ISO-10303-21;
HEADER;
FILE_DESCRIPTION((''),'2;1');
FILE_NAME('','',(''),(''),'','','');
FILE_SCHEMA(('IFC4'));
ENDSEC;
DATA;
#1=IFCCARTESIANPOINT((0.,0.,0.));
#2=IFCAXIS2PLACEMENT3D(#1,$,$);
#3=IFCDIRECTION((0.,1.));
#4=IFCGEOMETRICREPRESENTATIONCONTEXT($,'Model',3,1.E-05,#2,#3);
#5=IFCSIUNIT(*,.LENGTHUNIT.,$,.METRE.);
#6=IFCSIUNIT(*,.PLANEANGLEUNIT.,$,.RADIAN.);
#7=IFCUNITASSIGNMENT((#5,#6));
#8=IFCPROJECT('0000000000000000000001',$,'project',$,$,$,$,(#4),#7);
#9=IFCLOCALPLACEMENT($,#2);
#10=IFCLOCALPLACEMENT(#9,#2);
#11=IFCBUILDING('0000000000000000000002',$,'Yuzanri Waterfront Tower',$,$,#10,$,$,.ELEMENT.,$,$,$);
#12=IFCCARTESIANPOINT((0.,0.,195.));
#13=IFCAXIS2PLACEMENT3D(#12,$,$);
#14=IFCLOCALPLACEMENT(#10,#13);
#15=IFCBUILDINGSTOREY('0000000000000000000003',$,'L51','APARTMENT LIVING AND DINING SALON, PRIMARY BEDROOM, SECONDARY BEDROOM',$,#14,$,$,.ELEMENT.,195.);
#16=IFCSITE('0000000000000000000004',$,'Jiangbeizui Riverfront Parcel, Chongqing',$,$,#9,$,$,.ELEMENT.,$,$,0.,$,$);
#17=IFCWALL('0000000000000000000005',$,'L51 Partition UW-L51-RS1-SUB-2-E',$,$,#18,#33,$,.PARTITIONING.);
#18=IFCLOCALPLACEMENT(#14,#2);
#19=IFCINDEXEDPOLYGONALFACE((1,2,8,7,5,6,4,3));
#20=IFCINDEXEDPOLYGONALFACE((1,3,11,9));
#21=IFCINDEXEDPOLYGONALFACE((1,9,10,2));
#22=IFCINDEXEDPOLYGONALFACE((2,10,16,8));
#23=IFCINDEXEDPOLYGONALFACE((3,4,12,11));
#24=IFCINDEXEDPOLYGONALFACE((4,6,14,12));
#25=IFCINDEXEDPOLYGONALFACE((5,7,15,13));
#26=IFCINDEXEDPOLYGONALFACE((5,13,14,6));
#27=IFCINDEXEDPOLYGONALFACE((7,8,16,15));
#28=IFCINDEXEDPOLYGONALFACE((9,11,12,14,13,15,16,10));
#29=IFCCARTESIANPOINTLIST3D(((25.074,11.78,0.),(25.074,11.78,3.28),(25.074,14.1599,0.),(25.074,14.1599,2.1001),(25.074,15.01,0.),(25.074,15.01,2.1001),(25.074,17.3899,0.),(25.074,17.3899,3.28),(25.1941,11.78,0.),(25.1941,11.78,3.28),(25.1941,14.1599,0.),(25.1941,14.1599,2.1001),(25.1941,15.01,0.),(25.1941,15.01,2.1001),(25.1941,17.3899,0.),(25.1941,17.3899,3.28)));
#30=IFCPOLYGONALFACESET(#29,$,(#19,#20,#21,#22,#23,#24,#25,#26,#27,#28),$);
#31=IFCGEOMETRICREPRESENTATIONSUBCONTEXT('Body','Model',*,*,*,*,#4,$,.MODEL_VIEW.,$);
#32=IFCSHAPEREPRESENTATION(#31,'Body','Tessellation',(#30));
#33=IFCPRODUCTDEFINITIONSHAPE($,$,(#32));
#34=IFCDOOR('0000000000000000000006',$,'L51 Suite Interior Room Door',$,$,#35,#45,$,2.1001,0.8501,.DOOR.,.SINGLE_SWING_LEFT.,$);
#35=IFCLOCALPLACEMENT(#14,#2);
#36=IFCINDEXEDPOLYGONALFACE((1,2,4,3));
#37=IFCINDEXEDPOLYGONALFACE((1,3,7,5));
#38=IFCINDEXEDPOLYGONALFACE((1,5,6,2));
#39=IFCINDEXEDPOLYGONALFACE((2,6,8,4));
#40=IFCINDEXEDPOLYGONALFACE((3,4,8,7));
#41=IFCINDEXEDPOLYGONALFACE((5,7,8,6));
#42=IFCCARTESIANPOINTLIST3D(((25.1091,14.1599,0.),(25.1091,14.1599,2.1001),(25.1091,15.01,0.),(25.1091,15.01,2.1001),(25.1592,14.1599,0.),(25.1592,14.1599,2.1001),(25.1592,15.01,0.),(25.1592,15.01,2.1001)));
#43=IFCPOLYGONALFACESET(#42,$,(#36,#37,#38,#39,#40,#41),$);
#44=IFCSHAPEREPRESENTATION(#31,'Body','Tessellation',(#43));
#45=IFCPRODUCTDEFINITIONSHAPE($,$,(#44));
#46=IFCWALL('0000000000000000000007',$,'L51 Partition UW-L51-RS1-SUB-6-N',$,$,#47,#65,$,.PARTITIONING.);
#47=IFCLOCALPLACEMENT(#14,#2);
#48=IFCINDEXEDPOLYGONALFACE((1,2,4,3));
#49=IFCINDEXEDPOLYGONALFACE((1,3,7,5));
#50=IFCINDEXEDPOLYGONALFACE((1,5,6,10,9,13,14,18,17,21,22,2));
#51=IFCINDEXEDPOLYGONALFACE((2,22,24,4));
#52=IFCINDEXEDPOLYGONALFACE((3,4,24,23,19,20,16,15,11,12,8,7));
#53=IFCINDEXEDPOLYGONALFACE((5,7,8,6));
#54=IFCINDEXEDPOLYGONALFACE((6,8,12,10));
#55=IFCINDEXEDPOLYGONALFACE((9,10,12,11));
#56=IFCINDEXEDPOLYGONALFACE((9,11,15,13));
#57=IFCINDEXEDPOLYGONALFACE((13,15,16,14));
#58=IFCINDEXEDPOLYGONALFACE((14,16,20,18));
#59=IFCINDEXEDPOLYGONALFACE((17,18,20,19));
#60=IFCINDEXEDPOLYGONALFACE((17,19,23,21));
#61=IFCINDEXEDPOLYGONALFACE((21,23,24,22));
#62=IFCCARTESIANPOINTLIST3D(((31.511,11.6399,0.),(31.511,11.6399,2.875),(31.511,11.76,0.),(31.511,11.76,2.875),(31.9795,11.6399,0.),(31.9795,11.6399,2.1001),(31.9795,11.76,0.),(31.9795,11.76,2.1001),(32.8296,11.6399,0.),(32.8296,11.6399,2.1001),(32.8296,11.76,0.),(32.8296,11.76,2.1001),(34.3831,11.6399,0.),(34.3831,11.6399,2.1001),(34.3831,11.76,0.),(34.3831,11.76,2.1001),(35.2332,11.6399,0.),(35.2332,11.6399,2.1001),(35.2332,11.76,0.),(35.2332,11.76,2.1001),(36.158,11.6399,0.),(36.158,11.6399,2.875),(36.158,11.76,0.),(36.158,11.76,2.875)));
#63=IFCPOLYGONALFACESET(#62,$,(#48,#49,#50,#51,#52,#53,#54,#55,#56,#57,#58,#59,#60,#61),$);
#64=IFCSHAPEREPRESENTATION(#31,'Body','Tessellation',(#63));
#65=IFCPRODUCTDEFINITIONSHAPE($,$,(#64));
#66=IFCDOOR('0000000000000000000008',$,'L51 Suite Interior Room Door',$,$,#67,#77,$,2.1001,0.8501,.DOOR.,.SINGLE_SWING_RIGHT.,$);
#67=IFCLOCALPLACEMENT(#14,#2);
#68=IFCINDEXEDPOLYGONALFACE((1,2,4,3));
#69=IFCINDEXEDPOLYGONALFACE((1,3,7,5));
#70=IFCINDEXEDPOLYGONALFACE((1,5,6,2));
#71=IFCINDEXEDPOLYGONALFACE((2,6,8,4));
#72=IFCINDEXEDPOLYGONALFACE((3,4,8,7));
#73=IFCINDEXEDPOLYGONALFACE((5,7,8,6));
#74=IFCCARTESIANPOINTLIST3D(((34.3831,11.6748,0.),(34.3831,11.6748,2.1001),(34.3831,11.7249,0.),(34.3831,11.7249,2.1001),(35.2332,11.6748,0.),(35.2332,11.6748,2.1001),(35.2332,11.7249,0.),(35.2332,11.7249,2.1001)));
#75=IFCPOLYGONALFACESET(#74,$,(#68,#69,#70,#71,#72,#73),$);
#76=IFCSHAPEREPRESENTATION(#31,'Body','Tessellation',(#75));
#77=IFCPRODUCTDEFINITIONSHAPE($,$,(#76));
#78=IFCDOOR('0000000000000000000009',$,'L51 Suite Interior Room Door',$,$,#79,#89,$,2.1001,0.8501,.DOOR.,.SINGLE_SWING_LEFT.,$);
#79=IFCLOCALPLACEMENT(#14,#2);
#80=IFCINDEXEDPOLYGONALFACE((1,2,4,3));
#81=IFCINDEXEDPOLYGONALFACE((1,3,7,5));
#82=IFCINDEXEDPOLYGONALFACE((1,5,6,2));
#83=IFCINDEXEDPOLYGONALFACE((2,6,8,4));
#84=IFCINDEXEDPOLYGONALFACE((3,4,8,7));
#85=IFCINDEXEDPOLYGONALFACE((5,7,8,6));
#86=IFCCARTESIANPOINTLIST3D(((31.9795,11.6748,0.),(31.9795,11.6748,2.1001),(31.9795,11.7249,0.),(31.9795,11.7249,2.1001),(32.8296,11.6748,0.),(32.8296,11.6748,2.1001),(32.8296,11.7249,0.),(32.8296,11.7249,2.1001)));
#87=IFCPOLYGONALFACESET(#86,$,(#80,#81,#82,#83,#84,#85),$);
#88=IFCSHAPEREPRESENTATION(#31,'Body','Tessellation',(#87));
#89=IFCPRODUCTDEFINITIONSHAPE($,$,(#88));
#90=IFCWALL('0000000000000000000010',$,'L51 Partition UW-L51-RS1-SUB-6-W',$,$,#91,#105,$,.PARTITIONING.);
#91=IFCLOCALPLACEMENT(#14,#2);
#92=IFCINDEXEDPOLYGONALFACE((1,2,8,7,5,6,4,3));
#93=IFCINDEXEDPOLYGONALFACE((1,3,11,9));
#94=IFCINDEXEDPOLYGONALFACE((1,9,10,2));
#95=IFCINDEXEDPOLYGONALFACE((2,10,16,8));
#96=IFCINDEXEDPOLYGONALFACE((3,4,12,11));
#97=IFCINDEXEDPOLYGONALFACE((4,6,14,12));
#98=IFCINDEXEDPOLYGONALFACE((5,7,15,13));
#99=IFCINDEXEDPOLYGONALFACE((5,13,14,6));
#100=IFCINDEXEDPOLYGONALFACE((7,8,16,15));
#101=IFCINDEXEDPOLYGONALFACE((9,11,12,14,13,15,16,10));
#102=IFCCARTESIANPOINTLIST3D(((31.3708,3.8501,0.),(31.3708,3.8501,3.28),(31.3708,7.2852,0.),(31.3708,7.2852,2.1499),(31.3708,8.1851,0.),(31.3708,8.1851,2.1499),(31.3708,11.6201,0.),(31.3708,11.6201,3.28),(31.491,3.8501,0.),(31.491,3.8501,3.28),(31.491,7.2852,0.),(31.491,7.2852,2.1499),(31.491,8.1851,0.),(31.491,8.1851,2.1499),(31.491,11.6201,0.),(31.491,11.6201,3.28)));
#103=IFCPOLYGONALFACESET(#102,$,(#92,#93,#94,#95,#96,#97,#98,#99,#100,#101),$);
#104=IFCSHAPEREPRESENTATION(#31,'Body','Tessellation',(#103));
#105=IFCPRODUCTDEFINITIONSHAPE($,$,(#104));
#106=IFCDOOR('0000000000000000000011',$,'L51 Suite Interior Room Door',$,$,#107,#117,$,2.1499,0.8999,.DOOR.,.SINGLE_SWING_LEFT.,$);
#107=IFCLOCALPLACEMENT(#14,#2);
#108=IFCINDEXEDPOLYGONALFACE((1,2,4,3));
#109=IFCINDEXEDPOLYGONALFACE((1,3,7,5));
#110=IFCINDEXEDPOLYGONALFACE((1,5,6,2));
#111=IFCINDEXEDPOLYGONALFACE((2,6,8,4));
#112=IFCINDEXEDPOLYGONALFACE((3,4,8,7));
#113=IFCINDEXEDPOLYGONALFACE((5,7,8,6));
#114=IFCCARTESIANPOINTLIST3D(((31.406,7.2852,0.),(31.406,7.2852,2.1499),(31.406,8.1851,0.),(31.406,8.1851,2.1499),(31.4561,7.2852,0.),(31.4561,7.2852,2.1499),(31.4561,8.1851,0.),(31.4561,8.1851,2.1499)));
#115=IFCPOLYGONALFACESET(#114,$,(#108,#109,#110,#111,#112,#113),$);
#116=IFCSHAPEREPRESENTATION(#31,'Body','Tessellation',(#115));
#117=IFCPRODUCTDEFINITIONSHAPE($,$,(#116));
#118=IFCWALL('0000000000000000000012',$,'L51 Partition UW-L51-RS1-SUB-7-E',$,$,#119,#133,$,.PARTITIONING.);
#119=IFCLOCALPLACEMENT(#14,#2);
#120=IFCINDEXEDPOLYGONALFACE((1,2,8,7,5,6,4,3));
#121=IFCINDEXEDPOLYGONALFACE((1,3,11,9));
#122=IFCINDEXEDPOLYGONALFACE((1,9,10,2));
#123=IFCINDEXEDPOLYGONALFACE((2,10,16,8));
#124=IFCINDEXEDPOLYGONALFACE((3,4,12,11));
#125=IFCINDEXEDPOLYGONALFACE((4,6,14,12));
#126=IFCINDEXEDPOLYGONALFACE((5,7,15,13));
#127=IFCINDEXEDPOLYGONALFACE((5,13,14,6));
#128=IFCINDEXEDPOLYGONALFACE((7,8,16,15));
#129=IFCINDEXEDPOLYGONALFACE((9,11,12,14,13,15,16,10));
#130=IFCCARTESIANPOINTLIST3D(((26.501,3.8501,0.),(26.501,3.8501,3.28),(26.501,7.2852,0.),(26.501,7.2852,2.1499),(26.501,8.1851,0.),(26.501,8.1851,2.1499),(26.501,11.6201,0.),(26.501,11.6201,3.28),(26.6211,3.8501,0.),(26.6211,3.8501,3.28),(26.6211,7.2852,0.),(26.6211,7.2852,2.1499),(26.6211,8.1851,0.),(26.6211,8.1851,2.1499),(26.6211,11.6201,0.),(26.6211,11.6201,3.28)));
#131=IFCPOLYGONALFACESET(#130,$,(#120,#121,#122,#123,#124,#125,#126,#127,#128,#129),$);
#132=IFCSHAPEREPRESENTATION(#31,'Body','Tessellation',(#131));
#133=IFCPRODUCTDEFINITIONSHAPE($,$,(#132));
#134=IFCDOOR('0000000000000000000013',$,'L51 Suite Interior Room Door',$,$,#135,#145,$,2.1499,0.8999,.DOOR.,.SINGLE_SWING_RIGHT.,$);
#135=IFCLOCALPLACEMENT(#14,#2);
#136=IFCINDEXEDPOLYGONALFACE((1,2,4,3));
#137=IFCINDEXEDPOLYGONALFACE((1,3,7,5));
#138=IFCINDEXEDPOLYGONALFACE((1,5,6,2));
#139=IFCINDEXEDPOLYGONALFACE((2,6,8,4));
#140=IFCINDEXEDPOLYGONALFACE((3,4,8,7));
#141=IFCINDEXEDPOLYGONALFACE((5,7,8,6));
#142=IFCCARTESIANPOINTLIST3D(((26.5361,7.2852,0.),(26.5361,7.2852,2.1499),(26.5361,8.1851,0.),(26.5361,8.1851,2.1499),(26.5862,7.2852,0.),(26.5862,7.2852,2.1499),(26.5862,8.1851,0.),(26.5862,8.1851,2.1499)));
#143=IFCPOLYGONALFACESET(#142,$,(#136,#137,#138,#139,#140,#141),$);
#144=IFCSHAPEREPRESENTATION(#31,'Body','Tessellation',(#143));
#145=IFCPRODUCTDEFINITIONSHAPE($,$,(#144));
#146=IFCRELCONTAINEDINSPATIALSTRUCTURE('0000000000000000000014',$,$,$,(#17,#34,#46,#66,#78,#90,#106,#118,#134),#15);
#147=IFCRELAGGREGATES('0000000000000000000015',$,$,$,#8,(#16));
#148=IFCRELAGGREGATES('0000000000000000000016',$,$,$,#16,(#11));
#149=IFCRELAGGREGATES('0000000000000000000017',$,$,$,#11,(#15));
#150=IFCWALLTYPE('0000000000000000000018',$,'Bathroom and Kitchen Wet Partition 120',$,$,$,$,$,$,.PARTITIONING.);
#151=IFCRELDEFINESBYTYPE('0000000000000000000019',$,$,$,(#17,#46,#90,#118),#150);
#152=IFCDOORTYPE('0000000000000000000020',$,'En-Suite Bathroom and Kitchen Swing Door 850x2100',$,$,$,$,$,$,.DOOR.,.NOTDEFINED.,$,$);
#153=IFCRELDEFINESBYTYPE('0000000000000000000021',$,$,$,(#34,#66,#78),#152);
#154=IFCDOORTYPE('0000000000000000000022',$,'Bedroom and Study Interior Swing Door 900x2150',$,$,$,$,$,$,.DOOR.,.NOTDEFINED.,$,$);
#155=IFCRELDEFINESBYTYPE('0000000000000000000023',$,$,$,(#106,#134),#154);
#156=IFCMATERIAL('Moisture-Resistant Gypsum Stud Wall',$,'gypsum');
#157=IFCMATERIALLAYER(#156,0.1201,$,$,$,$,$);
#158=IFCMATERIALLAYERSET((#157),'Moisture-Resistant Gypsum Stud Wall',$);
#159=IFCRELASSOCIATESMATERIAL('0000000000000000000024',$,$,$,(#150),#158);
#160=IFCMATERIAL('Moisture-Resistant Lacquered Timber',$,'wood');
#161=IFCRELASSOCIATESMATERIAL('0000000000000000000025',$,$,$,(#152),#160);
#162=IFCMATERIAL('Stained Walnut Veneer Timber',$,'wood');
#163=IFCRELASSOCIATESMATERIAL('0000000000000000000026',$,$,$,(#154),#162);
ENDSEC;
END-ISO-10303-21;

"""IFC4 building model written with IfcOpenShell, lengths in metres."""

from ifc_helpers import new_model, si_unit, direction, frame, frame_2d, origin, place, context, subcontext, project, spatial, rectangle, extrude, source, transform, mapped, material, layer, layer_set, type_object, element, fill, save


model = new_model("IFC4")

# Units and contexts
model_context = context("Model", 3, precision=1e-05, world=origin(), true_north=direction((0.0, 1.0)))
body_context = subcontext(model_context, "Body", "Model", "MODEL_VIEW")
ifc_project = project(units=[si_unit("LENGTHUNIT", "METRE"), si_unit("PLANEANGLEUNIT", "RADIAN")], contexts=[model_context])

# Site, building, storey
site_placement = place(None, origin())
site = spatial("IfcSite", under=ifc_project, at=site_placement, Name="Jiangbeizui Riverfront Parcel, Chongqing", CompositionType="ELEMENT", RefElevation=0.0)
building_placement = place(site_placement, origin())
building = spatial("IfcBuilding", under=site, at=building_placement, Name="Yuzanri Waterfront Tower", CompositionType="ELEMENT")
storey_placement = place(building_placement, frame((0.0, 0.0, 195.0)))
storey = spatial("IfcBuildingStorey", under=building, at=storey_placement, Name="L51", Description="APARTMENT LIVING AND DINING SALON, PRIMARY BEDROOM, SECONDARY BEDROOM", CompositionType="ELEMENT", Elevation=195.0)

# Wall, opening, door
ifc_material_1 = material(Name="Moisture-Resistant Gypsum Stud Wall", Category="gypsum")
ifc_layer_1 = layer(ifc_material_1, 0.1201)
ifc_layer_set_1 = layer_set([ifc_layer_1], Name="Moisture-Resistant Gypsum Stud Wall")
wall_type_1 = type_object("IfcWallType", Name="Bathroom and Kitchen Wet Partition 120", PredefinedType="PARTITIONING", material=ifc_layer_set_1)
wall_1_placement = place(storey_placement, frame((25.134, 11.78, 0.0), z_axis=(0.0, 0.0, 1.0), x_axis=(0.0, 1.0, 0.0)))
wall_1 = element("IfcWall", 1, at=wall_1_placement, inside=storey, type_object=wall_type_1, Name="L51 Partition UW-L51-RS1-SUB-2-E", PredefinedType="PARTITIONING", context=body_context, shape_type="SweptSolid", body=[
    extrude(rectangle(XDim=5.6099, YDim=0.1201, at=frame_2d((2.8049, 0.0))), origin(), (0.0, 0.0, 1.0), 3.28),
])
opening_1_placement = place(wall_1_placement, frame((2.3799, 0.0, 0.0)))
opening_1 = element("IfcOpeningElement", 2, at=opening_1_placement, cuts=wall_1, PredefinedType="OPENING", context=body_context, shape_type="SweptSolid", body=[
    extrude(rectangle(XDim=0.8501, YDim=2.1001, at=frame_2d((0.425, 1.05))), frame((0.0, 0.075, 0.0), z_axis=(0.0, -1.0, 0.0), x_axis=(1.0, 0.0, 0.0)), (0.0, 0.0, 1.0), 0.1499),
])
ifc_material_2 = material(Name="Moisture-Resistant Lacquered Timber", Category="wood")
door_type_1 = type_object("IfcDoorType", Name="En-Suite Bathroom and Kitchen Swing Door 850x2100", OperationType="NOTDEFINED", PredefinedType="DOOR", material=ifc_material_2)
shared_shape_1 = source(origin(), body_context, "Body", "SweptSolid", [
    extrude(rectangle(XDim=0.8501, YDim=2.1001, at=frame_2d((0.425, 1.05))), frame((0.0, 0.0249, 0.0), z_axis=(0.0, -1.0, 0.0), x_axis=(1.0, 0.0, 0.0)), (0.0, 0.0, 1.0), 0.05),
])
door_1_placement = place(opening_1_placement, origin())
door_1 = element("IfcDoor", 3, at=door_1_placement, inside=storey, type_object=door_type_1, Name="L51 Suite Interior Room Door", OperationType="SINGLE_SWING_LEFT", OverallHeight=2.1001, OverallWidth=0.8501, PredefinedType="DOOR", context=body_context, shape_type="MappedRepresentation", body=[
    mapped(shared_shape_1, transform((0.0, 0.0, 0.0), scale=1.0)),
])
fill(opening_1, door_1)

# Wall, openings, doors
wall_2_placement = place(storey_placement, frame((31.511, 11.7, 0.0), z_axis=(0.0, 0.0, 1.0), x_axis=(1.0, 0.0, 0.0)))
wall_2 = element("IfcWall", 4, at=wall_2_placement, inside=storey, type_object=wall_type_1, Name="L51 Partition UW-L51-RS1-SUB-6-N", PredefinedType="PARTITIONING", context=body_context, shape_type="SweptSolid", body=[
    extrude(rectangle(XDim=4.647, YDim=0.1201, at=frame_2d((2.3235, 0.0))), origin(), (0.0, 0.0, 1.0), 2.875),
])
opening_2_placement = place(wall_2_placement, frame((2.8721, 0.0, 0.0)))
opening_2 = element("IfcOpeningElement", 5, at=opening_2_placement, cuts=wall_2, PredefinedType="OPENING", context=body_context, shape_type="SweptSolid", body=[
    extrude(rectangle(XDim=0.8501, YDim=2.1001, at=frame_2d((0.425, 1.05))), frame((0.0, 0.075, 0.0), z_axis=(0.0, -1.0, 0.0), x_axis=(1.0, 0.0, 0.0)), (0.0, 0.0, 1.0), 0.1499),
])
opening_3_placement = place(wall_2_placement, frame((0.4685, 0.0, 0.0)))
opening_3 = element("IfcOpeningElement", 6, at=opening_3_placement, cuts=wall_2, PredefinedType="OPENING", context=body_context, shape_type="SweptSolid", body=[
    extrude(rectangle(XDim=0.8501, YDim=2.1001, at=frame_2d((0.425, 1.05))), frame((0.0, 0.075, 0.0), z_axis=(0.0, -1.0, 0.0), x_axis=(1.0, 0.0, 0.0)), (0.0, 0.0, 1.0), 0.1499),
])
door_2_placement = place(opening_2_placement, origin())
door_2 = element("IfcDoor", 7, at=door_2_placement, inside=storey, type_object=door_type_1, Name="L51 Suite Interior Room Door", OperationType="SINGLE_SWING_RIGHT", OverallHeight=2.1001, OverallWidth=0.8501, PredefinedType="DOOR", context=body_context, shape_type="MappedRepresentation", body=[
    mapped(shared_shape_1, transform((0.0, 0.0, 0.0), scale=1.0)),
])
fill(opening_2, door_2)
door_3_placement = place(opening_3_placement, origin())
door_3 = element("IfcDoor", 8, at=door_3_placement, inside=storey, type_object=door_type_1, Name="L51 Suite Interior Room Door", OperationType="SINGLE_SWING_LEFT", OverallHeight=2.1001, OverallWidth=0.8501, PredefinedType="DOOR", context=body_context, shape_type="MappedRepresentation", body=[
    mapped(shared_shape_1, transform((0.0, 0.0, 0.0), scale=1.0)),
])
fill(opening_3, door_3)

# Walls, openings, doors
wall_3_placement = place(storey_placement, frame((31.4309, 3.8501, 0.0), z_axis=(0.0, 0.0, 1.0), x_axis=(0.0, 1.0, 0.0)))
wall_3 = element("IfcWall", 9, at=wall_3_placement, inside=storey, type_object=wall_type_1, Name="L51 Partition UW-L51-RS1-SUB-6-W", PredefinedType="PARTITIONING", context=body_context, shape_type="SweptSolid", body=[
    extrude(rectangle(XDim=7.77, YDim=0.1201, at=frame_2d((3.885, 0.0))), origin(), (0.0, 0.0, 1.0), 3.28),
])
opening_4_placement = place(wall_3_placement, frame((3.4351, 0.0, 0.0)))
opening_4 = element("IfcOpeningElement", 10, at=opening_4_placement, cuts=wall_3, PredefinedType="OPENING", context=body_context, shape_type="SweptSolid", body=[
    extrude(rectangle(XDim=0.8999, YDim=2.1499, at=frame_2d((0.45, 1.075))), frame((0.0, 0.075, 0.0), z_axis=(0.0, -1.0, 0.0), x_axis=(1.0, 0.0, 0.0)), (0.0, 0.0, 1.0), 0.1499),
])
ifc_material_3 = material(Name="Stained Walnut Veneer Timber", Category="wood")
door_type_2 = type_object("IfcDoorType", Name="Bedroom and Study Interior Swing Door 900x2150", OperationType="NOTDEFINED", PredefinedType="DOOR", material=ifc_material_3)
shared_shape_2 = source(origin(), body_context, "Body", "SweptSolid", [
    extrude(rectangle(XDim=0.8999, YDim=2.1499, at=frame_2d((0.45, 1.075))), frame((0.0, 0.0249, 0.0), z_axis=(0.0, -1.0, 0.0), x_axis=(1.0, 0.0, 0.0)), (0.0, 0.0, 1.0), 0.05),
])
door_4_placement = place(opening_4_placement, origin())
door_4 = element("IfcDoor", 11, at=door_4_placement, inside=storey, type_object=door_type_2, Name="L51 Suite Interior Room Door", OperationType="SINGLE_SWING_LEFT", OverallHeight=2.1499, OverallWidth=0.8999, PredefinedType="DOOR", context=body_context, shape_type="MappedRepresentation", body=[
    mapped(shared_shape_2, transform((0.0, 0.0, 0.0), scale=1.0)),
])
fill(opening_4, door_4)
wall_4_placement = place(storey_placement, frame((26.561, 3.8501, 0.0), z_axis=(0.0, 0.0, 1.0), x_axis=(0.0, 1.0, 0.0)))
wall_4 = element("IfcWall", 12, at=wall_4_placement, inside=storey, type_object=wall_type_1, Name="L51 Partition UW-L51-RS1-SUB-7-E", PredefinedType="PARTITIONING", context=body_context, shape_type="SweptSolid", body=[
    extrude(rectangle(XDim=7.77, YDim=0.1201, at=frame_2d((3.885, 0.0))), origin(), (0.0, 0.0, 1.0), 3.28),
])
opening_5_placement = place(wall_4_placement, frame((3.4351, 0.0, 0.0)))
opening_5 = element("IfcOpeningElement", 13, at=opening_5_placement, cuts=wall_4, PredefinedType="OPENING", context=body_context, shape_type="SweptSolid", body=[
    extrude(rectangle(XDim=0.8999, YDim=2.1499, at=frame_2d((0.45, 1.075))), frame((0.0, 0.075, 0.0), z_axis=(0.0, -1.0, 0.0), x_axis=(1.0, 0.0, 0.0)), (0.0, 0.0, 1.0), 0.1499),
])
door_5_placement = place(opening_5_placement, origin())
door_5 = element("IfcDoor", 14, at=door_5_placement, inside=storey, type_object=door_type_2, Name="L51 Suite Interior Room Door", OperationType="SINGLE_SWING_RIGHT", OverallHeight=2.1499, OverallWidth=0.8999, PredefinedType="DOOR", context=body_context, shape_type="MappedRepresentation", body=[
    mapped(shared_shape_2, transform((0.0, 0.0, 0.0), scale=1.0)),
])
fill(opening_5, door_5)

save(model, "model.ifc")
